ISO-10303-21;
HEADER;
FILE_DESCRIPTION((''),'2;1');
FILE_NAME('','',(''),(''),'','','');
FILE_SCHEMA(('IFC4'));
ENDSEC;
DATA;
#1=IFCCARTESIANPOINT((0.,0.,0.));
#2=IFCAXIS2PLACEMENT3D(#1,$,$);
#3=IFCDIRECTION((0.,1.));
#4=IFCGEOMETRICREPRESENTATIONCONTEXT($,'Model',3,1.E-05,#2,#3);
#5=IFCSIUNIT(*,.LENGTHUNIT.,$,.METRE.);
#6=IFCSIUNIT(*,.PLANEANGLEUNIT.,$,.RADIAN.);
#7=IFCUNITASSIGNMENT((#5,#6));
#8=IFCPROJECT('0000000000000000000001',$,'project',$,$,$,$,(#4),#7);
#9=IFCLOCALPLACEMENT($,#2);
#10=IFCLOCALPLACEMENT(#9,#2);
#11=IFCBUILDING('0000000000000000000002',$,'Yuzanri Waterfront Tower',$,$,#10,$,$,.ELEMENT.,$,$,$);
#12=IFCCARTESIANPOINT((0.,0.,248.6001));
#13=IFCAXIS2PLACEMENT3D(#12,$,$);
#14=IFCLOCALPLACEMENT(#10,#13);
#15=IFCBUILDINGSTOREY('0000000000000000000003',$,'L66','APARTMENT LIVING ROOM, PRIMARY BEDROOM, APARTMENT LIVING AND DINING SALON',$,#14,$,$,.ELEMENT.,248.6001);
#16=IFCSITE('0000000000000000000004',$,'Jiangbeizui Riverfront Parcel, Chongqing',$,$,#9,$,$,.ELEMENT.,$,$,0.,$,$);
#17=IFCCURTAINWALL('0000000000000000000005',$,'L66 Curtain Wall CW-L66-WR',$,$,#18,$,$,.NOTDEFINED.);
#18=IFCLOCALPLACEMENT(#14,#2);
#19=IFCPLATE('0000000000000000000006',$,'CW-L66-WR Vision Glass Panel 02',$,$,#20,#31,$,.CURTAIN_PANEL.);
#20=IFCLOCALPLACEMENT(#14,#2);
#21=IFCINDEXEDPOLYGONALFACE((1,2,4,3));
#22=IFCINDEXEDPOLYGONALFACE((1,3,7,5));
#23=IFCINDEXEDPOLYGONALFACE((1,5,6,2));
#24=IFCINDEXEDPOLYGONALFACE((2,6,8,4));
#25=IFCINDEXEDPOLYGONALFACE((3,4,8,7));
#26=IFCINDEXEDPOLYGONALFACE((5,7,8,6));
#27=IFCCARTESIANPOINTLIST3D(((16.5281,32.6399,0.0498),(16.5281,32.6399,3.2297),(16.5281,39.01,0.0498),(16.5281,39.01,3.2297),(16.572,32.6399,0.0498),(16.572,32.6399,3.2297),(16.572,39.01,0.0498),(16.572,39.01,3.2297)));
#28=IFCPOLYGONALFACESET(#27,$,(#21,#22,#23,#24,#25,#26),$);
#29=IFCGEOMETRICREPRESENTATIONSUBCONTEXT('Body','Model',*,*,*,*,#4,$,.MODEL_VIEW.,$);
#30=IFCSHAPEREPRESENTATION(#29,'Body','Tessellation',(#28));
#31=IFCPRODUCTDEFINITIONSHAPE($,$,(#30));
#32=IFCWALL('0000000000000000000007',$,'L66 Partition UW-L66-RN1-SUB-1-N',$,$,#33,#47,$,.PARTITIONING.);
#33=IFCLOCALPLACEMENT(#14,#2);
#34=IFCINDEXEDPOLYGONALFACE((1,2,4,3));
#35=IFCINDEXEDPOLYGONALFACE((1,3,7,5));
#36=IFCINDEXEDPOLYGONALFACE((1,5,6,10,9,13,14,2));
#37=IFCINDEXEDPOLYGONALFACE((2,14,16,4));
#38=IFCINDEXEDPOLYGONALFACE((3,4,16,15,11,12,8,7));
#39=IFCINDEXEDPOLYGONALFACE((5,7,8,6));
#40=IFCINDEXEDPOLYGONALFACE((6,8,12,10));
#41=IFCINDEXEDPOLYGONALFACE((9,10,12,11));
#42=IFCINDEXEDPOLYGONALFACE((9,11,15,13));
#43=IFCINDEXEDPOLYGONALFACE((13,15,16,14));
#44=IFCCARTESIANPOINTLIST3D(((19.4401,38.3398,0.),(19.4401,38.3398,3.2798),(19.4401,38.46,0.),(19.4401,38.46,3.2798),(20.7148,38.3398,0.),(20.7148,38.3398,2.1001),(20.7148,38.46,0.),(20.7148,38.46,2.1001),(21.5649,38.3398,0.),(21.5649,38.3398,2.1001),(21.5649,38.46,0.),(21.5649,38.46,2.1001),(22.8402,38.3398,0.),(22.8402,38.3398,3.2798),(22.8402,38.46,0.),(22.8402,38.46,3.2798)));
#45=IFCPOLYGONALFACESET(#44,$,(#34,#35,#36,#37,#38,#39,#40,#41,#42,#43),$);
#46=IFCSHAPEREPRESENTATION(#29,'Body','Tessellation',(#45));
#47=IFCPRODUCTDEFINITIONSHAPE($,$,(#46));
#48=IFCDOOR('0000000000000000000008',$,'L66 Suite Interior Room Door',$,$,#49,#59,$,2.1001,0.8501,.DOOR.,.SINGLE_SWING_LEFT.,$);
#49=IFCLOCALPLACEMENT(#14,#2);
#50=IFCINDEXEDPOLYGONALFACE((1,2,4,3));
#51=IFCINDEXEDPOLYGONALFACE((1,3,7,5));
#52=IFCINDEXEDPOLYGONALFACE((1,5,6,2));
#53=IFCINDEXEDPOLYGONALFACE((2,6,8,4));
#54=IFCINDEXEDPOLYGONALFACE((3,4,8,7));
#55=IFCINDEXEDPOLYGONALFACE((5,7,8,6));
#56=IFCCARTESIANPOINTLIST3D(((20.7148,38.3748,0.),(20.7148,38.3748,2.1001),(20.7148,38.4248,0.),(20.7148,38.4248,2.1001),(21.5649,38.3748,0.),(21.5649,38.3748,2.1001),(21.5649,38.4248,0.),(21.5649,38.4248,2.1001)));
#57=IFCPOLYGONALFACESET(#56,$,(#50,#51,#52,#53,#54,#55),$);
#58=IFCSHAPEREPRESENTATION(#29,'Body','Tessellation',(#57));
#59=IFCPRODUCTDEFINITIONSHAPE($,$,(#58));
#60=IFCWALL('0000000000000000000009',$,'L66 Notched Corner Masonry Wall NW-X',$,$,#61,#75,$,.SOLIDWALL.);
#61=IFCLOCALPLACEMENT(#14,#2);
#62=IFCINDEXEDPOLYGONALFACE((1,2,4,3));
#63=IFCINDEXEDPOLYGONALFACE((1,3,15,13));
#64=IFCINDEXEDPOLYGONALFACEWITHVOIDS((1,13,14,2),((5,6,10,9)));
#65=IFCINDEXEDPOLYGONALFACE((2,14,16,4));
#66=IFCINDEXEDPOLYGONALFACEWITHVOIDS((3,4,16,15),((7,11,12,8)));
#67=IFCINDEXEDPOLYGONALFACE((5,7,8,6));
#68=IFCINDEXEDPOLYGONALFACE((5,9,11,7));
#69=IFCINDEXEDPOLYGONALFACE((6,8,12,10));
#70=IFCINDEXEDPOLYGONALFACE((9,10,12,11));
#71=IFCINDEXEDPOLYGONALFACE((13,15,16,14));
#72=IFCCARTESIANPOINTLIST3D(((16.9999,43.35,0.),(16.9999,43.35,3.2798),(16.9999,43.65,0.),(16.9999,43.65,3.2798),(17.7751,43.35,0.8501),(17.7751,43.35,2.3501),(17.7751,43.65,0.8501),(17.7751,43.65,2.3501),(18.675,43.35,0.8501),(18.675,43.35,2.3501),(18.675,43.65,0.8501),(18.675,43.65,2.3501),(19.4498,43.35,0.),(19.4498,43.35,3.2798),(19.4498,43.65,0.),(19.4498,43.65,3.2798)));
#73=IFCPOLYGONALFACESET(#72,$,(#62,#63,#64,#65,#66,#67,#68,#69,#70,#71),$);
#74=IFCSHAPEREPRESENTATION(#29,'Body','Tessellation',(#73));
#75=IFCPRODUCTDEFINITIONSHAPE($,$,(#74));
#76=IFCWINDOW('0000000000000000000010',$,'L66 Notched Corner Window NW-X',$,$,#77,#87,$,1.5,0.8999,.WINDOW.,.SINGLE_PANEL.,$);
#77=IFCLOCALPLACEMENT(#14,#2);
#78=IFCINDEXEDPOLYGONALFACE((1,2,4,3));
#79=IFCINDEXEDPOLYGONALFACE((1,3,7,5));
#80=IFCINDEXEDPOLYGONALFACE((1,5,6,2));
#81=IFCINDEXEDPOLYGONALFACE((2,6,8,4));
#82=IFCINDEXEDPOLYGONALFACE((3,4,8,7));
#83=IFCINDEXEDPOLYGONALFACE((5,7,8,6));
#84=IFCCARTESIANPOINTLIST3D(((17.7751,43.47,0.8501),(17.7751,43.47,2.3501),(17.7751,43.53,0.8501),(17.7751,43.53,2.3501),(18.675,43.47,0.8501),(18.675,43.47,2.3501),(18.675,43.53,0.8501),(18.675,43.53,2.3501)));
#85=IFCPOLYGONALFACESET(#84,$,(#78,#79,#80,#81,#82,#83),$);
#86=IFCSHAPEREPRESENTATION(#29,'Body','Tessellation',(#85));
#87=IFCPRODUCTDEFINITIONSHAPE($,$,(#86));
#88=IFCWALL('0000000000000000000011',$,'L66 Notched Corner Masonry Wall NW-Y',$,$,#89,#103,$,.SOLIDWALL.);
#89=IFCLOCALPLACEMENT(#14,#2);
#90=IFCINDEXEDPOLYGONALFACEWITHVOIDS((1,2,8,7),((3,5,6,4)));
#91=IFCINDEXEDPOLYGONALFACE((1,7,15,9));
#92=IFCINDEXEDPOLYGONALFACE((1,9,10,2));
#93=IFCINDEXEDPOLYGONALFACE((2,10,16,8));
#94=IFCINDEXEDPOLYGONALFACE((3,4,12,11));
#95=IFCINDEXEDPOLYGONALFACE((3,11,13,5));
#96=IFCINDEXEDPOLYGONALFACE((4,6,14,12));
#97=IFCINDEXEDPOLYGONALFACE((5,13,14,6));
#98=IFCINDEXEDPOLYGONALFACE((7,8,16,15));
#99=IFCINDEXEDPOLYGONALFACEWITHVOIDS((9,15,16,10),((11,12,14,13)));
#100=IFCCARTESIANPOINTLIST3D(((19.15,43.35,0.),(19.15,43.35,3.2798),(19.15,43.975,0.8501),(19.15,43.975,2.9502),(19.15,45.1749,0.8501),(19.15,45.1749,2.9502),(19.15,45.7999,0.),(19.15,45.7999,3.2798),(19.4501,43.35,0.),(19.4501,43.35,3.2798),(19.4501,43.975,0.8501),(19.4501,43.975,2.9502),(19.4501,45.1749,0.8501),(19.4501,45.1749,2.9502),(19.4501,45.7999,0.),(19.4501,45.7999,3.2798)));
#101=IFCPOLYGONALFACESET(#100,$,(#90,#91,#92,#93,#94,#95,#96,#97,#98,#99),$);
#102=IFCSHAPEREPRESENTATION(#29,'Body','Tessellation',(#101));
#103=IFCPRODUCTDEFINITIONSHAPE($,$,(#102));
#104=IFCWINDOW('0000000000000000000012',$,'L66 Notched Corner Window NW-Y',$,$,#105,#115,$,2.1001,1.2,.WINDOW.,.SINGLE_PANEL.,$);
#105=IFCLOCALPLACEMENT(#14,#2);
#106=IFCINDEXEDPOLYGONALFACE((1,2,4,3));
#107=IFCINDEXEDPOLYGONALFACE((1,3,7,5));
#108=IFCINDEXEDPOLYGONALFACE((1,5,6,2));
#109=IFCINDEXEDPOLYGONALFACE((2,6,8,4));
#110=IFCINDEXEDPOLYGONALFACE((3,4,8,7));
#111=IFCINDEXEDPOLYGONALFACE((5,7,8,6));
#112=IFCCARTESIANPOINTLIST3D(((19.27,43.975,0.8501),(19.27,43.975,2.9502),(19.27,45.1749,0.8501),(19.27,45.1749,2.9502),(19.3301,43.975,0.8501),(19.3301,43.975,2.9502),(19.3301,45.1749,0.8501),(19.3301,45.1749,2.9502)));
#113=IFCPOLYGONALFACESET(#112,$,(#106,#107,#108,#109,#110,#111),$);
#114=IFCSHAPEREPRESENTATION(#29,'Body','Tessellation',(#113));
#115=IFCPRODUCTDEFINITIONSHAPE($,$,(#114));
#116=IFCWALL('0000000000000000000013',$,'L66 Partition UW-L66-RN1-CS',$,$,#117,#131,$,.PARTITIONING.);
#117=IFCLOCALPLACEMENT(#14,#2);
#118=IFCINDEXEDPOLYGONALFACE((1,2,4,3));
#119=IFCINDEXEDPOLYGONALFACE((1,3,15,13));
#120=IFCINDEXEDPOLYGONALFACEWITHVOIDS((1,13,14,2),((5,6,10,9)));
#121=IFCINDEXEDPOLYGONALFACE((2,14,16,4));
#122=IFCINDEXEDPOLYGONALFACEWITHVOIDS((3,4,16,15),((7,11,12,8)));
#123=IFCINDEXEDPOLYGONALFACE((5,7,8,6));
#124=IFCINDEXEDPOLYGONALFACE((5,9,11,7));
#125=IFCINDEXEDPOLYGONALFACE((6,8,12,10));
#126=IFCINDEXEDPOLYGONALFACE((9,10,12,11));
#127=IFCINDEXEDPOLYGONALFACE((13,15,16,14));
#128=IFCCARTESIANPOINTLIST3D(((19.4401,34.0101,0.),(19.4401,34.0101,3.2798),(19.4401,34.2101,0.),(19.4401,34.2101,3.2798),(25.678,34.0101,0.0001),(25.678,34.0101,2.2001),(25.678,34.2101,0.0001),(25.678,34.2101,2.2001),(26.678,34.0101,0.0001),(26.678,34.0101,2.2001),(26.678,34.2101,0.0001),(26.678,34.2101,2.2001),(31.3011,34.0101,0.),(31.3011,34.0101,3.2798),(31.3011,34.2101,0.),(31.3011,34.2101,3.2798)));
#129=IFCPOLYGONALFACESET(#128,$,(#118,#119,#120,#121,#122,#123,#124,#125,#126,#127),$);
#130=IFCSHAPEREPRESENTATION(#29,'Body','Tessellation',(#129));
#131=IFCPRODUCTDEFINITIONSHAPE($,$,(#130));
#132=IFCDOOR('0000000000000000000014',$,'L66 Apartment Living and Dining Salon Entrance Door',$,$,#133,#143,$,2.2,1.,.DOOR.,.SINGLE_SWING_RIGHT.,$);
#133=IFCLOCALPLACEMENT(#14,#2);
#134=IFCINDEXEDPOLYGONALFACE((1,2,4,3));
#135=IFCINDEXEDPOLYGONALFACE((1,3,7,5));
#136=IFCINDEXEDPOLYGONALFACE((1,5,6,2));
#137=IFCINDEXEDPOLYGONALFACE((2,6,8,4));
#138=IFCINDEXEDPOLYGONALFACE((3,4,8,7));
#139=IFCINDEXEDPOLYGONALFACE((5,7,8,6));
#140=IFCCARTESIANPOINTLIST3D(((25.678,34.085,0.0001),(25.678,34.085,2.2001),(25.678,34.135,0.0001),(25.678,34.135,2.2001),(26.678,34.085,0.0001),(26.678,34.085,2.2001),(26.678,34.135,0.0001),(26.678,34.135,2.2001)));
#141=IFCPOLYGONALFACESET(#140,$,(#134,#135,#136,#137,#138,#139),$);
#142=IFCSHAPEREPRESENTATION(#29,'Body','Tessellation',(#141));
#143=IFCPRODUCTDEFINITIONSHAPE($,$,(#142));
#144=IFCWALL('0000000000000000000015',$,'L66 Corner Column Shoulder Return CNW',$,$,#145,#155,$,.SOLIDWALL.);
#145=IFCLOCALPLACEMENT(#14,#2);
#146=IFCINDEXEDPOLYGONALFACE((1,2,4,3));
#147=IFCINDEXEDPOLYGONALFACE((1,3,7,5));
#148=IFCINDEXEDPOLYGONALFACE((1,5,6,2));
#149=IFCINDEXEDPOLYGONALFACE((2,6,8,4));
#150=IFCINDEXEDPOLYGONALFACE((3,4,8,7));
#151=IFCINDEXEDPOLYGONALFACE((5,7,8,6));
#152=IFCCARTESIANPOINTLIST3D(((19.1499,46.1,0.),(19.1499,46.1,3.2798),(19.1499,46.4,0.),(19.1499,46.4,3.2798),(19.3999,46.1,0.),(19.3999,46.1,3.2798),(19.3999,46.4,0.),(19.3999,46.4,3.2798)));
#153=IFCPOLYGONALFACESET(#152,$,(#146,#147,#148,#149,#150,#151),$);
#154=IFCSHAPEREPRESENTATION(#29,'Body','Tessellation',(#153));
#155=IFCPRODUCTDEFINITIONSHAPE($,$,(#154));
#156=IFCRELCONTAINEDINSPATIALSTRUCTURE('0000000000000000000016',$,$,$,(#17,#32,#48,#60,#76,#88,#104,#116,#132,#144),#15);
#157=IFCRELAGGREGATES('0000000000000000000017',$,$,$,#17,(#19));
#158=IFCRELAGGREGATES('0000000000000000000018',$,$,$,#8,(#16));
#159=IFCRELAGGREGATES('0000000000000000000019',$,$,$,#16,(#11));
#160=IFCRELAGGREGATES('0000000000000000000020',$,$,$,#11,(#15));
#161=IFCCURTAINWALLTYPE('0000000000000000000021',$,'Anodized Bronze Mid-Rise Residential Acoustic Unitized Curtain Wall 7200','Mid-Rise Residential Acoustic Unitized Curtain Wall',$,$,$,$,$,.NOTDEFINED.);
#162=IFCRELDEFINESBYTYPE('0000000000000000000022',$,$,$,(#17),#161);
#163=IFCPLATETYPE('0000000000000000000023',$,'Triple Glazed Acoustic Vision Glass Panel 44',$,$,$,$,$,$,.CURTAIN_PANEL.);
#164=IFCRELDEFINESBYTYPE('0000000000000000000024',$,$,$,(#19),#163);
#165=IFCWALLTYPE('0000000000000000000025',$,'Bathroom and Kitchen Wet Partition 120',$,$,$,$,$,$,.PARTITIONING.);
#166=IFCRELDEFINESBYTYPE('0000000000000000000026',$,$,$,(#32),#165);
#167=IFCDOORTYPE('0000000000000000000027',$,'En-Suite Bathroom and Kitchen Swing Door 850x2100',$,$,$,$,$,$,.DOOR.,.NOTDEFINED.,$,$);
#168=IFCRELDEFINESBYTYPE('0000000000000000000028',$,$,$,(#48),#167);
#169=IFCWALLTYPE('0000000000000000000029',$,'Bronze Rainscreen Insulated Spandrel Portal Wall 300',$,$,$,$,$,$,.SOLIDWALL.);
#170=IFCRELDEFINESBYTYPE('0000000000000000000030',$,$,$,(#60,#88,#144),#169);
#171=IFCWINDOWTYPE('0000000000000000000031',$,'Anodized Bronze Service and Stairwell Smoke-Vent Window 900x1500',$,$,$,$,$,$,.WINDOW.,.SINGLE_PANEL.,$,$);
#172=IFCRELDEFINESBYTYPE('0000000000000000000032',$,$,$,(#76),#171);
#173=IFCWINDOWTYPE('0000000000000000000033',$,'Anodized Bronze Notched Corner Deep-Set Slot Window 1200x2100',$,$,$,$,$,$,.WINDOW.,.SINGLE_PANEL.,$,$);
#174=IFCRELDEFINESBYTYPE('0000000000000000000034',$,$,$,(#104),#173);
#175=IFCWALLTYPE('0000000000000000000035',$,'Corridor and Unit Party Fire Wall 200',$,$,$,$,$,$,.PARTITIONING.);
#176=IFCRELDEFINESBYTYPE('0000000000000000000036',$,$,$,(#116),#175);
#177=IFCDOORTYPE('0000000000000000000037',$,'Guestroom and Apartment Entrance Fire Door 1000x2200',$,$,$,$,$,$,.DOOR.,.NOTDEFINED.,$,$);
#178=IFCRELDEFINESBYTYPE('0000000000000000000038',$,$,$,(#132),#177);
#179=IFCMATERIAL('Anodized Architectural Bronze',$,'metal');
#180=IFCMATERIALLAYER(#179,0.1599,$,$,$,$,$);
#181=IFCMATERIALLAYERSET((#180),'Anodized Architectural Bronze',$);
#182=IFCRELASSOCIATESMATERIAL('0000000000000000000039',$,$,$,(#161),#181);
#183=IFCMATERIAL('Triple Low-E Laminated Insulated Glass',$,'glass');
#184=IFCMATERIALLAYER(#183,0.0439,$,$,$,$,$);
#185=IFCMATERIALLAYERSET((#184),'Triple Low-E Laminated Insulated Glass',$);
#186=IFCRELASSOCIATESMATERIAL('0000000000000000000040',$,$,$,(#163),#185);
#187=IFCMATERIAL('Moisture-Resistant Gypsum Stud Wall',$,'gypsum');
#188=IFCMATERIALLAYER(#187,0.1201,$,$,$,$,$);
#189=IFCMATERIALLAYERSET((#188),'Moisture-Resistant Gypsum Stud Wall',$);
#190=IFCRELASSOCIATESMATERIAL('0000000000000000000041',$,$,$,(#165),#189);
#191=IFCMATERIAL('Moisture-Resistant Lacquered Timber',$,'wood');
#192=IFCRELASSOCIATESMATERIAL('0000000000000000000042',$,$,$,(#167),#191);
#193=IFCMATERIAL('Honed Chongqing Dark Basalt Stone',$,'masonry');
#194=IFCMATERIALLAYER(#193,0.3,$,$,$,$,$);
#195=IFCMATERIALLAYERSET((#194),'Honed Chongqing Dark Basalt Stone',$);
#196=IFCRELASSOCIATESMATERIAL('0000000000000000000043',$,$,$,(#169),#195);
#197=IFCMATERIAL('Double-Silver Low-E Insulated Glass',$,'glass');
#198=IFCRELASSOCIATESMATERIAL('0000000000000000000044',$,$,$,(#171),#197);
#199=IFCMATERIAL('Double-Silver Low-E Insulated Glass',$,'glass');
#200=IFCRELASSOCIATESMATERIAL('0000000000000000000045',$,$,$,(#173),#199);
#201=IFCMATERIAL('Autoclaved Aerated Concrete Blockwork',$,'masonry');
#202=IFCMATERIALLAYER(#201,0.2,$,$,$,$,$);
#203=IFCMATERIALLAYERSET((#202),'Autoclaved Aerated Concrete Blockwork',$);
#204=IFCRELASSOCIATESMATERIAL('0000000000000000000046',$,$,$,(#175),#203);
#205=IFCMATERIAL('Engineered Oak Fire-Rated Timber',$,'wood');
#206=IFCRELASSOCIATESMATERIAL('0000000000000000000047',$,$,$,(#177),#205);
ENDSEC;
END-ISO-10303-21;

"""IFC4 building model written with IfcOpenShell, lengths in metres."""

from ifc_helpers import new_model, si_unit, direction, frame, frame_2d, origin, origin_2d, place, context, subcontext, project, spatial, rectangle, extrude, source, transform, mapped, material, layer, layer_set, type_object, element, fill, aggregate, save


model = new_model("IFC4")

# Units and contexts
model_context = context("Model", 3, precision=1e-05, world=origin(), true_north=direction((0.0, 1.0)))
body_context = subcontext(model_context, "Body", "Model", "MODEL_VIEW")
ifc_project = project(units=[si_unit("LENGTHUNIT", "METRE"), si_unit("PLANEANGLEUNIT", "RADIAN")], contexts=[model_context])

# Site, building, storey
site_placement = place(None, origin())
site = spatial("IfcSite", under=ifc_project, at=site_placement, Name="Jiangbeizui Riverfront Parcel, Chongqing", CompositionType="ELEMENT", RefElevation=0.0)
building_placement = place(site_placement, origin())
building = spatial("IfcBuilding", under=site, at=building_placement, Name="Yuzanri Waterfront Tower", CompositionType="ELEMENT")
storey_placement = place(building_placement, frame((0.0, 0.0, 248.6001)))
storey = spatial("IfcBuildingStorey", under=building, at=storey_placement, Name="L66", Description="APARTMENT LIVING ROOM, PRIMARY BEDROOM, APARTMENT LIVING AND DINING SALON", CompositionType="ELEMENT", Elevation=248.6001)

# Curtain wall
ifc_material_1 = material(Name="Anodized Architectural Bronze", Category="metal")
ifc_layer_1 = layer(ifc_material_1, 0.1599)
ifc_layer_set_1 = layer_set([ifc_layer_1], Name="Anodized Architectural Bronze")
curtain_wall_type = type_object("IfcCurtainWallType", Name="Anodized Bronze Mid-Rise Residential Acoustic Unitized Curtain Wall 7200", Description="Mid-Rise Residential Acoustic Unitized Curtain Wall", PredefinedType="NOTDEFINED", material=ifc_layer_set_1)
curtain_wall_placement = place(storey_placement, origin())
curtain_wall = element("IfcCurtainWall", 1, at=curtain_wall_placement, inside=storey, type_object=curtain_wall_type, Name="L66 Curtain Wall CW-L66-WR", PredefinedType="NOTDEFINED")

# Plate
ifc_material_2 = material(Name="Triple Low-E Laminated Insulated Glass", Category="glass")
ifc_layer_2 = layer(ifc_material_2, 0.0439)
ifc_layer_set_2 = layer_set([ifc_layer_2], Name="Triple Low-E Laminated Insulated Glass")
plate_type_1 = type_object("IfcPlateType", Name="Triple Glazed Acoustic Vision Glass Panel 44", PredefinedType="CURTAIN_PANEL", material=ifc_layer_set_2)
shared_shape_1 = source(origin(), body_context, "Body", "SweptSolid", [
    extrude(rectangle(XDim=6.3701, YDim=0.0439, at=origin_2d()), origin(), (0.0, 0.0, 1.0), 3.1799),
])
plate_placement = place(storey_placement, frame((16.55, 35.825, 0.0498), z_axis=(0.0, 0.0, 1.0), x_axis=(0.0, 1.0, 0.0)))
plate = element("IfcPlate", 2, at=plate_placement, type_object=plate_type_1, Name="CW-L66-WR Vision Glass Panel 02", PredefinedType="CURTAIN_PANEL", context=body_context, shape_type="MappedRepresentation", body=[
    mapped(shared_shape_1, transform((0.0, 0.0, 0.0), scale=1.0)),
])
aggregate(curtain_wall, [plate])

# Wall, opening, door
ifc_material_3 = material(Name="Moisture-Resistant Gypsum Stud Wall", Category="gypsum")
ifc_layer_3 = layer(ifc_material_3, 0.1201)
ifc_layer_set_3 = layer_set([ifc_layer_3], Name="Moisture-Resistant Gypsum Stud Wall")
wall_type_1 = type_object("IfcWallType", Name="Bathroom and Kitchen Wet Partition 120", PredefinedType="PARTITIONING", material=ifc_layer_set_3)
wall_1_placement = place(storey_placement, frame((19.4399, 38.3999, 0.0), z_axis=(0.0, 0.0, 1.0), x_axis=(1.0, 0.0, 0.0)))
wall_1 = element("IfcWall", 3, at=wall_1_placement, inside=storey, type_object=wall_type_1, Name="L66 Partition UW-L66-RN1-SUB-1-N", PredefinedType="PARTITIONING", context=body_context, shape_type="SweptSolid", body=[
    extrude(rectangle(XDim=3.4001, YDim=0.1201, at=frame_2d((1.7002, 0.0))), origin(), (0.0, 0.0, 1.0), 3.2798),
])
opening_1_placement = place(wall_1_placement, frame((1.2749, 0.0, 0.0)))
opening_1 = element("IfcOpeningElement", 4, at=opening_1_placement, cuts=wall_1, PredefinedType="OPENING", context=body_context, shape_type="SweptSolid", body=[
    extrude(rectangle(XDim=0.8501, YDim=2.1001, at=frame_2d((0.425, 1.05))), frame((0.0, 0.075, 0.0), z_axis=(0.0, -1.0, 0.0), x_axis=(1.0, 0.0, 0.0)), (0.0, 0.0, 1.0), 0.1499),
])
ifc_material_4 = material(Name="Moisture-Resistant Lacquered Timber", Category="wood")
door_type_1 = type_object("IfcDoorType", Name="En-Suite Bathroom and Kitchen Swing Door 850x2100", OperationType="NOTDEFINED", PredefinedType="DOOR", material=ifc_material_4)
shared_shape_2 = source(origin(), body_context, "Body", "SweptSolid", [
    extrude(rectangle(XDim=0.8501, YDim=2.1001, at=frame_2d((0.425, 1.05))), frame((0.0, 0.0249, 0.0), z_axis=(0.0, -1.0, 0.0), x_axis=(1.0, 0.0, 0.0)), (0.0, 0.0, 1.0), 0.05),
])
door_1_placement = place(opening_1_placement, origin())
door_1 = element("IfcDoor", 5, at=door_1_placement, inside=storey, type_object=door_type_1, Name="L66 Suite Interior Room Door", OperationType="SINGLE_SWING_LEFT", OverallHeight=2.1001, OverallWidth=0.8501, PredefinedType="DOOR", context=body_context, shape_type="MappedRepresentation", body=[
    mapped(shared_shape_2, transform((0.0, 0.0, 0.0), scale=1.0)),
])
fill(opening_1, door_1)

# Walls, openings, windows
ifc_material_5 = material(Name="Honed Chongqing Dark Basalt Stone", Category="masonry")
ifc_layer_4 = layer(ifc_material_5, 0.3)
ifc_layer_set_4 = layer_set([ifc_layer_4], Name="Honed Chongqing Dark Basalt Stone")
wall_type_2 = type_object("IfcWallType", Name="Bronze Rainscreen Insulated Spandrel Portal Wall 300", PredefinedType="SOLIDWALL", material=ifc_layer_set_4)
wall_2_placement = place(storey_placement, frame((19.45, 43.5, 0.0), z_axis=(0.0, 0.0, 1.0), x_axis=(-1.0, 0.0, 0.0)))
wall_2 = element("IfcWall", 6, at=wall_2_placement, inside=storey, type_object=wall_type_2, Name="L66 Notched Corner Masonry Wall NW-X", PredefinedType="SOLIDWALL", context=body_context, shape_type="SweptSolid", body=[
    extrude(rectangle(XDim=2.45, YDim=0.3, at=frame_2d((1.2251, 0.0))), origin(), (0.0, 0.0, 1.0), 3.2798),
])
opening_2_placement = place(wall_2_placement, frame((0.7749, 0.0, 0.8501)))
opening_2 = element("IfcOpeningElement", 7, at=opening_2_placement, cuts=wall_2, PredefinedType="OPENING", context=body_context, shape_type="SweptSolid", body=[
    extrude(rectangle(XDim=0.8999, YDim=1.5, at=frame_2d((0.45, 0.75))), frame((0.0, 0.165, 0.0), z_axis=(0.0, -1.0, 0.0), x_axis=(1.0, 0.0, 0.0)), (0.0, 0.0, 1.0), 0.3298),
])
ifc_material_6 = material(Name="Double-Silver Low-E Insulated Glass", Category="glass")
window_type_1 = type_object("IfcWindowType", Name="Anodized Bronze Service and Stairwell Smoke-Vent Window 900x1500", PartitioningType="SINGLE_PANEL", PredefinedType="WINDOW", material=ifc_material_6)
shared_shape_3 = source(origin(), body_context, "Body", "SweptSolid", [
    extrude(rectangle(XDim=0.8999, YDim=1.5, at=frame_2d((0.45, 0.75))), frame((0.0, 0.03, 0.0), z_axis=(0.0, -1.0, 0.0), x_axis=(1.0, 0.0, 0.0)), (0.0, 0.0, 1.0), 0.0601),
])
window_1_placement = place(opening_2_placement, origin())
window_1 = element("IfcWindow", 8, at=window_1_placement, inside=storey, type_object=window_type_1, Name="L66 Notched Corner Window NW-X", OverallHeight=1.5, OverallWidth=0.8999, PartitioningType="SINGLE_PANEL", PredefinedType="WINDOW", context=body_context, shape_type="MappedRepresentation", body=[
    mapped(shared_shape_3, transform((0.0, 0.0, 0.0), scale=1.0)),
])
fill(opening_2, window_1)
wall_3_placement = place(storey_placement, frame((19.3, 45.8, 0.0), z_axis=(0.0, 0.0, 1.0), x_axis=(0.0, -1.0, 0.0)))
wall_3 = element("IfcWall", 9, at=wall_3_placement, inside=storey, type_object=wall_type_2, Name="L66 Notched Corner Masonry Wall NW-Y", PredefinedType="SOLIDWALL", context=body_context, shape_type="SweptSolid", body=[
    extrude(rectangle(XDim=2.45, YDim=0.3, at=frame_2d((1.2251, 0.0))), origin(), (0.0, 0.0, 1.0), 3.2798),
])
opening_3_placement = place(wall_3_placement, frame((0.625, 0.0, 0.8501)))
opening_3 = element("IfcOpeningElement", 10, at=opening_3_placement, cuts=wall_3, PredefinedType="OPENING", context=body_context, shape_type="SweptSolid", body=[
    extrude(rectangle(XDim=1.2, YDim=2.1001, at=frame_2d((0.6001, 1.05))), frame((0.0, 0.165, 0.0), z_axis=(0.0, -1.0, 0.0), x_axis=(1.0, 0.0, 0.0)), (0.0, 0.0, 1.0), 0.3298),
])
ifc_material_7 = material(Name="Double-Silver Low-E Insulated Glass", Category="glass")
window_type_2 = type_object("IfcWindowType", Name="Anodized Bronze Notched Corner Deep-Set Slot Window 1200x2100", PartitioningType="SINGLE_PANEL", PredefinedType="WINDOW", material=ifc_material_7)
shared_shape_4 = source(origin(), body_context, "Body", "SweptSolid", [
    extrude(rectangle(XDim=1.2, YDim=2.1001, at=frame_2d((0.6001, 1.05))), frame((0.0, 0.03, 0.0), z_axis=(0.0, -1.0, 0.0), x_axis=(1.0, 0.0, 0.0)), (0.0, 0.0, 1.0), 0.0601),
])
window_2_placement = place(opening_3_placement, origin())
window_2 = element("IfcWindow", 11, at=window_2_placement, inside=storey, type_object=window_type_2, Name="L66 Notched Corner Window NW-Y", OverallHeight=2.1001, OverallWidth=1.2, PartitioningType="SINGLE_PANEL", PredefinedType="WINDOW", context=body_context, shape_type="MappedRepresentation", body=[
    mapped(shared_shape_4, transform((0.0, 0.0, 0.0), scale=1.0)),
])
fill(opening_3, window_2)

# Wall, opening, door
ifc_material_8 = material(Name="Autoclaved Aerated Concrete Blockwork", Category="masonry")
ifc_layer_5 = layer(ifc_material_8, 0.2)
ifc_layer_set_5 = layer_set([ifc_layer_5], Name="Autoclaved Aerated Concrete Blockwork")
wall_type_3 = type_object("IfcWallType", Name="Corridor and Unit Party Fire Wall 200", PredefinedType="PARTITIONING", material=ifc_layer_set_5)
wall_4_placement = place(storey_placement, frame((19.4399, 34.1101, 0.0), z_axis=(0.0, 0.0, 1.0), x_axis=(1.0, 0.0, 0.0)))
wall_4 = element("IfcWall", 12, at=wall_4_placement, inside=storey, type_object=wall_type_3, Name="L66 Partition UW-L66-RN1-CS", PredefinedType="PARTITIONING", context=body_context, shape_type="SweptSolid", body=[
    extrude(rectangle(XDim=11.8611, YDim=0.2, at=frame_2d((5.9307, 0.0))), origin(), (0.0, 0.0, 1.0), 3.2798),
])
opening_4_placement = place(wall_4_placement, frame((6.238, 0.0, 0.0)))
opening_4 = element("IfcOpeningElement", 13, at=opening_4_placement, cuts=wall_4, PredefinedType="OPENING", context=body_context, shape_type="SweptSolid", body=[
    extrude(rectangle(XDim=1.0, YDim=2.2, at=frame_2d((0.5, 1.1001))), frame((0.0, 0.1147, 0.0), z_axis=(0.0, -1.0, 0.0), x_axis=(1.0, 0.0, 0.0)), (0.0, 0.0, 1.0), 0.2297),
])
ifc_material_9 = material(Name="Engineered Oak Fire-Rated Timber", Category="wood")
door_type_2 = type_object("IfcDoorType", Name="Guestroom and Apartment Entrance Fire Door 1000x2200", OperationType="NOTDEFINED", PredefinedType="DOOR", material=ifc_material_9)
shared_shape_5 = source(origin(), body_context, "Body", "SweptSolid", [
    extrude(rectangle(XDim=1.0, YDim=2.2, at=frame_2d((0.5, 1.1001))), frame((0.0, 0.0249, 0.0), z_axis=(0.0, -1.0, 0.0), x_axis=(1.0, 0.0, 0.0)), (0.0, 0.0, 1.0), 0.05),
])
door_2_placement = place(opening_4_placement, origin())
door_2 = element("IfcDoor", 14, at=door_2_placement, inside=storey, type_object=door_type_2, Name="L66 Apartment Living and Dining Salon Entrance Door", OperationType="SINGLE_SWING_RIGHT", OverallHeight=2.2, OverallWidth=1.0, PredefinedType="DOOR", context=body_context, shape_type="MappedRepresentation", body=[
    mapped(shared_shape_5, transform((0.0, 0.0, 0.0), scale=1.0)),
])
fill(opening_4, door_2)

# Wall
shared_shape_6 = source(origin(), body_context, "Body", "SweptSolid", [
    extrude(rectangle(XDim=0.25, YDim=0.3, at=frame_2d((0.125, 0.0))), origin(), (0.0, 0.0, 1.0), 3.2798),
])
for number, where, z_axis, x_axis, name in (
    (15, (19.1499, 46.25, 0.0), (0.0, 0.0, 1.0), (1.0, 0.0, 0.0), "L66 Corner Column Shoulder Return CNW"),
):
    element("IfcWall", number, at=place(storey_placement, frame(where, z_axis=z_axis, x_axis=x_axis)), inside=storey, type_object=wall_type_2, Name=name, PredefinedType="SOLIDWALL", context=body_context, shape_type="MappedRepresentation", body=[
        mapped(shared_shape_6, transform((0.0, 0.0, 0.0), scale=1.0)),
    ])

save(model, "model.ifc")
